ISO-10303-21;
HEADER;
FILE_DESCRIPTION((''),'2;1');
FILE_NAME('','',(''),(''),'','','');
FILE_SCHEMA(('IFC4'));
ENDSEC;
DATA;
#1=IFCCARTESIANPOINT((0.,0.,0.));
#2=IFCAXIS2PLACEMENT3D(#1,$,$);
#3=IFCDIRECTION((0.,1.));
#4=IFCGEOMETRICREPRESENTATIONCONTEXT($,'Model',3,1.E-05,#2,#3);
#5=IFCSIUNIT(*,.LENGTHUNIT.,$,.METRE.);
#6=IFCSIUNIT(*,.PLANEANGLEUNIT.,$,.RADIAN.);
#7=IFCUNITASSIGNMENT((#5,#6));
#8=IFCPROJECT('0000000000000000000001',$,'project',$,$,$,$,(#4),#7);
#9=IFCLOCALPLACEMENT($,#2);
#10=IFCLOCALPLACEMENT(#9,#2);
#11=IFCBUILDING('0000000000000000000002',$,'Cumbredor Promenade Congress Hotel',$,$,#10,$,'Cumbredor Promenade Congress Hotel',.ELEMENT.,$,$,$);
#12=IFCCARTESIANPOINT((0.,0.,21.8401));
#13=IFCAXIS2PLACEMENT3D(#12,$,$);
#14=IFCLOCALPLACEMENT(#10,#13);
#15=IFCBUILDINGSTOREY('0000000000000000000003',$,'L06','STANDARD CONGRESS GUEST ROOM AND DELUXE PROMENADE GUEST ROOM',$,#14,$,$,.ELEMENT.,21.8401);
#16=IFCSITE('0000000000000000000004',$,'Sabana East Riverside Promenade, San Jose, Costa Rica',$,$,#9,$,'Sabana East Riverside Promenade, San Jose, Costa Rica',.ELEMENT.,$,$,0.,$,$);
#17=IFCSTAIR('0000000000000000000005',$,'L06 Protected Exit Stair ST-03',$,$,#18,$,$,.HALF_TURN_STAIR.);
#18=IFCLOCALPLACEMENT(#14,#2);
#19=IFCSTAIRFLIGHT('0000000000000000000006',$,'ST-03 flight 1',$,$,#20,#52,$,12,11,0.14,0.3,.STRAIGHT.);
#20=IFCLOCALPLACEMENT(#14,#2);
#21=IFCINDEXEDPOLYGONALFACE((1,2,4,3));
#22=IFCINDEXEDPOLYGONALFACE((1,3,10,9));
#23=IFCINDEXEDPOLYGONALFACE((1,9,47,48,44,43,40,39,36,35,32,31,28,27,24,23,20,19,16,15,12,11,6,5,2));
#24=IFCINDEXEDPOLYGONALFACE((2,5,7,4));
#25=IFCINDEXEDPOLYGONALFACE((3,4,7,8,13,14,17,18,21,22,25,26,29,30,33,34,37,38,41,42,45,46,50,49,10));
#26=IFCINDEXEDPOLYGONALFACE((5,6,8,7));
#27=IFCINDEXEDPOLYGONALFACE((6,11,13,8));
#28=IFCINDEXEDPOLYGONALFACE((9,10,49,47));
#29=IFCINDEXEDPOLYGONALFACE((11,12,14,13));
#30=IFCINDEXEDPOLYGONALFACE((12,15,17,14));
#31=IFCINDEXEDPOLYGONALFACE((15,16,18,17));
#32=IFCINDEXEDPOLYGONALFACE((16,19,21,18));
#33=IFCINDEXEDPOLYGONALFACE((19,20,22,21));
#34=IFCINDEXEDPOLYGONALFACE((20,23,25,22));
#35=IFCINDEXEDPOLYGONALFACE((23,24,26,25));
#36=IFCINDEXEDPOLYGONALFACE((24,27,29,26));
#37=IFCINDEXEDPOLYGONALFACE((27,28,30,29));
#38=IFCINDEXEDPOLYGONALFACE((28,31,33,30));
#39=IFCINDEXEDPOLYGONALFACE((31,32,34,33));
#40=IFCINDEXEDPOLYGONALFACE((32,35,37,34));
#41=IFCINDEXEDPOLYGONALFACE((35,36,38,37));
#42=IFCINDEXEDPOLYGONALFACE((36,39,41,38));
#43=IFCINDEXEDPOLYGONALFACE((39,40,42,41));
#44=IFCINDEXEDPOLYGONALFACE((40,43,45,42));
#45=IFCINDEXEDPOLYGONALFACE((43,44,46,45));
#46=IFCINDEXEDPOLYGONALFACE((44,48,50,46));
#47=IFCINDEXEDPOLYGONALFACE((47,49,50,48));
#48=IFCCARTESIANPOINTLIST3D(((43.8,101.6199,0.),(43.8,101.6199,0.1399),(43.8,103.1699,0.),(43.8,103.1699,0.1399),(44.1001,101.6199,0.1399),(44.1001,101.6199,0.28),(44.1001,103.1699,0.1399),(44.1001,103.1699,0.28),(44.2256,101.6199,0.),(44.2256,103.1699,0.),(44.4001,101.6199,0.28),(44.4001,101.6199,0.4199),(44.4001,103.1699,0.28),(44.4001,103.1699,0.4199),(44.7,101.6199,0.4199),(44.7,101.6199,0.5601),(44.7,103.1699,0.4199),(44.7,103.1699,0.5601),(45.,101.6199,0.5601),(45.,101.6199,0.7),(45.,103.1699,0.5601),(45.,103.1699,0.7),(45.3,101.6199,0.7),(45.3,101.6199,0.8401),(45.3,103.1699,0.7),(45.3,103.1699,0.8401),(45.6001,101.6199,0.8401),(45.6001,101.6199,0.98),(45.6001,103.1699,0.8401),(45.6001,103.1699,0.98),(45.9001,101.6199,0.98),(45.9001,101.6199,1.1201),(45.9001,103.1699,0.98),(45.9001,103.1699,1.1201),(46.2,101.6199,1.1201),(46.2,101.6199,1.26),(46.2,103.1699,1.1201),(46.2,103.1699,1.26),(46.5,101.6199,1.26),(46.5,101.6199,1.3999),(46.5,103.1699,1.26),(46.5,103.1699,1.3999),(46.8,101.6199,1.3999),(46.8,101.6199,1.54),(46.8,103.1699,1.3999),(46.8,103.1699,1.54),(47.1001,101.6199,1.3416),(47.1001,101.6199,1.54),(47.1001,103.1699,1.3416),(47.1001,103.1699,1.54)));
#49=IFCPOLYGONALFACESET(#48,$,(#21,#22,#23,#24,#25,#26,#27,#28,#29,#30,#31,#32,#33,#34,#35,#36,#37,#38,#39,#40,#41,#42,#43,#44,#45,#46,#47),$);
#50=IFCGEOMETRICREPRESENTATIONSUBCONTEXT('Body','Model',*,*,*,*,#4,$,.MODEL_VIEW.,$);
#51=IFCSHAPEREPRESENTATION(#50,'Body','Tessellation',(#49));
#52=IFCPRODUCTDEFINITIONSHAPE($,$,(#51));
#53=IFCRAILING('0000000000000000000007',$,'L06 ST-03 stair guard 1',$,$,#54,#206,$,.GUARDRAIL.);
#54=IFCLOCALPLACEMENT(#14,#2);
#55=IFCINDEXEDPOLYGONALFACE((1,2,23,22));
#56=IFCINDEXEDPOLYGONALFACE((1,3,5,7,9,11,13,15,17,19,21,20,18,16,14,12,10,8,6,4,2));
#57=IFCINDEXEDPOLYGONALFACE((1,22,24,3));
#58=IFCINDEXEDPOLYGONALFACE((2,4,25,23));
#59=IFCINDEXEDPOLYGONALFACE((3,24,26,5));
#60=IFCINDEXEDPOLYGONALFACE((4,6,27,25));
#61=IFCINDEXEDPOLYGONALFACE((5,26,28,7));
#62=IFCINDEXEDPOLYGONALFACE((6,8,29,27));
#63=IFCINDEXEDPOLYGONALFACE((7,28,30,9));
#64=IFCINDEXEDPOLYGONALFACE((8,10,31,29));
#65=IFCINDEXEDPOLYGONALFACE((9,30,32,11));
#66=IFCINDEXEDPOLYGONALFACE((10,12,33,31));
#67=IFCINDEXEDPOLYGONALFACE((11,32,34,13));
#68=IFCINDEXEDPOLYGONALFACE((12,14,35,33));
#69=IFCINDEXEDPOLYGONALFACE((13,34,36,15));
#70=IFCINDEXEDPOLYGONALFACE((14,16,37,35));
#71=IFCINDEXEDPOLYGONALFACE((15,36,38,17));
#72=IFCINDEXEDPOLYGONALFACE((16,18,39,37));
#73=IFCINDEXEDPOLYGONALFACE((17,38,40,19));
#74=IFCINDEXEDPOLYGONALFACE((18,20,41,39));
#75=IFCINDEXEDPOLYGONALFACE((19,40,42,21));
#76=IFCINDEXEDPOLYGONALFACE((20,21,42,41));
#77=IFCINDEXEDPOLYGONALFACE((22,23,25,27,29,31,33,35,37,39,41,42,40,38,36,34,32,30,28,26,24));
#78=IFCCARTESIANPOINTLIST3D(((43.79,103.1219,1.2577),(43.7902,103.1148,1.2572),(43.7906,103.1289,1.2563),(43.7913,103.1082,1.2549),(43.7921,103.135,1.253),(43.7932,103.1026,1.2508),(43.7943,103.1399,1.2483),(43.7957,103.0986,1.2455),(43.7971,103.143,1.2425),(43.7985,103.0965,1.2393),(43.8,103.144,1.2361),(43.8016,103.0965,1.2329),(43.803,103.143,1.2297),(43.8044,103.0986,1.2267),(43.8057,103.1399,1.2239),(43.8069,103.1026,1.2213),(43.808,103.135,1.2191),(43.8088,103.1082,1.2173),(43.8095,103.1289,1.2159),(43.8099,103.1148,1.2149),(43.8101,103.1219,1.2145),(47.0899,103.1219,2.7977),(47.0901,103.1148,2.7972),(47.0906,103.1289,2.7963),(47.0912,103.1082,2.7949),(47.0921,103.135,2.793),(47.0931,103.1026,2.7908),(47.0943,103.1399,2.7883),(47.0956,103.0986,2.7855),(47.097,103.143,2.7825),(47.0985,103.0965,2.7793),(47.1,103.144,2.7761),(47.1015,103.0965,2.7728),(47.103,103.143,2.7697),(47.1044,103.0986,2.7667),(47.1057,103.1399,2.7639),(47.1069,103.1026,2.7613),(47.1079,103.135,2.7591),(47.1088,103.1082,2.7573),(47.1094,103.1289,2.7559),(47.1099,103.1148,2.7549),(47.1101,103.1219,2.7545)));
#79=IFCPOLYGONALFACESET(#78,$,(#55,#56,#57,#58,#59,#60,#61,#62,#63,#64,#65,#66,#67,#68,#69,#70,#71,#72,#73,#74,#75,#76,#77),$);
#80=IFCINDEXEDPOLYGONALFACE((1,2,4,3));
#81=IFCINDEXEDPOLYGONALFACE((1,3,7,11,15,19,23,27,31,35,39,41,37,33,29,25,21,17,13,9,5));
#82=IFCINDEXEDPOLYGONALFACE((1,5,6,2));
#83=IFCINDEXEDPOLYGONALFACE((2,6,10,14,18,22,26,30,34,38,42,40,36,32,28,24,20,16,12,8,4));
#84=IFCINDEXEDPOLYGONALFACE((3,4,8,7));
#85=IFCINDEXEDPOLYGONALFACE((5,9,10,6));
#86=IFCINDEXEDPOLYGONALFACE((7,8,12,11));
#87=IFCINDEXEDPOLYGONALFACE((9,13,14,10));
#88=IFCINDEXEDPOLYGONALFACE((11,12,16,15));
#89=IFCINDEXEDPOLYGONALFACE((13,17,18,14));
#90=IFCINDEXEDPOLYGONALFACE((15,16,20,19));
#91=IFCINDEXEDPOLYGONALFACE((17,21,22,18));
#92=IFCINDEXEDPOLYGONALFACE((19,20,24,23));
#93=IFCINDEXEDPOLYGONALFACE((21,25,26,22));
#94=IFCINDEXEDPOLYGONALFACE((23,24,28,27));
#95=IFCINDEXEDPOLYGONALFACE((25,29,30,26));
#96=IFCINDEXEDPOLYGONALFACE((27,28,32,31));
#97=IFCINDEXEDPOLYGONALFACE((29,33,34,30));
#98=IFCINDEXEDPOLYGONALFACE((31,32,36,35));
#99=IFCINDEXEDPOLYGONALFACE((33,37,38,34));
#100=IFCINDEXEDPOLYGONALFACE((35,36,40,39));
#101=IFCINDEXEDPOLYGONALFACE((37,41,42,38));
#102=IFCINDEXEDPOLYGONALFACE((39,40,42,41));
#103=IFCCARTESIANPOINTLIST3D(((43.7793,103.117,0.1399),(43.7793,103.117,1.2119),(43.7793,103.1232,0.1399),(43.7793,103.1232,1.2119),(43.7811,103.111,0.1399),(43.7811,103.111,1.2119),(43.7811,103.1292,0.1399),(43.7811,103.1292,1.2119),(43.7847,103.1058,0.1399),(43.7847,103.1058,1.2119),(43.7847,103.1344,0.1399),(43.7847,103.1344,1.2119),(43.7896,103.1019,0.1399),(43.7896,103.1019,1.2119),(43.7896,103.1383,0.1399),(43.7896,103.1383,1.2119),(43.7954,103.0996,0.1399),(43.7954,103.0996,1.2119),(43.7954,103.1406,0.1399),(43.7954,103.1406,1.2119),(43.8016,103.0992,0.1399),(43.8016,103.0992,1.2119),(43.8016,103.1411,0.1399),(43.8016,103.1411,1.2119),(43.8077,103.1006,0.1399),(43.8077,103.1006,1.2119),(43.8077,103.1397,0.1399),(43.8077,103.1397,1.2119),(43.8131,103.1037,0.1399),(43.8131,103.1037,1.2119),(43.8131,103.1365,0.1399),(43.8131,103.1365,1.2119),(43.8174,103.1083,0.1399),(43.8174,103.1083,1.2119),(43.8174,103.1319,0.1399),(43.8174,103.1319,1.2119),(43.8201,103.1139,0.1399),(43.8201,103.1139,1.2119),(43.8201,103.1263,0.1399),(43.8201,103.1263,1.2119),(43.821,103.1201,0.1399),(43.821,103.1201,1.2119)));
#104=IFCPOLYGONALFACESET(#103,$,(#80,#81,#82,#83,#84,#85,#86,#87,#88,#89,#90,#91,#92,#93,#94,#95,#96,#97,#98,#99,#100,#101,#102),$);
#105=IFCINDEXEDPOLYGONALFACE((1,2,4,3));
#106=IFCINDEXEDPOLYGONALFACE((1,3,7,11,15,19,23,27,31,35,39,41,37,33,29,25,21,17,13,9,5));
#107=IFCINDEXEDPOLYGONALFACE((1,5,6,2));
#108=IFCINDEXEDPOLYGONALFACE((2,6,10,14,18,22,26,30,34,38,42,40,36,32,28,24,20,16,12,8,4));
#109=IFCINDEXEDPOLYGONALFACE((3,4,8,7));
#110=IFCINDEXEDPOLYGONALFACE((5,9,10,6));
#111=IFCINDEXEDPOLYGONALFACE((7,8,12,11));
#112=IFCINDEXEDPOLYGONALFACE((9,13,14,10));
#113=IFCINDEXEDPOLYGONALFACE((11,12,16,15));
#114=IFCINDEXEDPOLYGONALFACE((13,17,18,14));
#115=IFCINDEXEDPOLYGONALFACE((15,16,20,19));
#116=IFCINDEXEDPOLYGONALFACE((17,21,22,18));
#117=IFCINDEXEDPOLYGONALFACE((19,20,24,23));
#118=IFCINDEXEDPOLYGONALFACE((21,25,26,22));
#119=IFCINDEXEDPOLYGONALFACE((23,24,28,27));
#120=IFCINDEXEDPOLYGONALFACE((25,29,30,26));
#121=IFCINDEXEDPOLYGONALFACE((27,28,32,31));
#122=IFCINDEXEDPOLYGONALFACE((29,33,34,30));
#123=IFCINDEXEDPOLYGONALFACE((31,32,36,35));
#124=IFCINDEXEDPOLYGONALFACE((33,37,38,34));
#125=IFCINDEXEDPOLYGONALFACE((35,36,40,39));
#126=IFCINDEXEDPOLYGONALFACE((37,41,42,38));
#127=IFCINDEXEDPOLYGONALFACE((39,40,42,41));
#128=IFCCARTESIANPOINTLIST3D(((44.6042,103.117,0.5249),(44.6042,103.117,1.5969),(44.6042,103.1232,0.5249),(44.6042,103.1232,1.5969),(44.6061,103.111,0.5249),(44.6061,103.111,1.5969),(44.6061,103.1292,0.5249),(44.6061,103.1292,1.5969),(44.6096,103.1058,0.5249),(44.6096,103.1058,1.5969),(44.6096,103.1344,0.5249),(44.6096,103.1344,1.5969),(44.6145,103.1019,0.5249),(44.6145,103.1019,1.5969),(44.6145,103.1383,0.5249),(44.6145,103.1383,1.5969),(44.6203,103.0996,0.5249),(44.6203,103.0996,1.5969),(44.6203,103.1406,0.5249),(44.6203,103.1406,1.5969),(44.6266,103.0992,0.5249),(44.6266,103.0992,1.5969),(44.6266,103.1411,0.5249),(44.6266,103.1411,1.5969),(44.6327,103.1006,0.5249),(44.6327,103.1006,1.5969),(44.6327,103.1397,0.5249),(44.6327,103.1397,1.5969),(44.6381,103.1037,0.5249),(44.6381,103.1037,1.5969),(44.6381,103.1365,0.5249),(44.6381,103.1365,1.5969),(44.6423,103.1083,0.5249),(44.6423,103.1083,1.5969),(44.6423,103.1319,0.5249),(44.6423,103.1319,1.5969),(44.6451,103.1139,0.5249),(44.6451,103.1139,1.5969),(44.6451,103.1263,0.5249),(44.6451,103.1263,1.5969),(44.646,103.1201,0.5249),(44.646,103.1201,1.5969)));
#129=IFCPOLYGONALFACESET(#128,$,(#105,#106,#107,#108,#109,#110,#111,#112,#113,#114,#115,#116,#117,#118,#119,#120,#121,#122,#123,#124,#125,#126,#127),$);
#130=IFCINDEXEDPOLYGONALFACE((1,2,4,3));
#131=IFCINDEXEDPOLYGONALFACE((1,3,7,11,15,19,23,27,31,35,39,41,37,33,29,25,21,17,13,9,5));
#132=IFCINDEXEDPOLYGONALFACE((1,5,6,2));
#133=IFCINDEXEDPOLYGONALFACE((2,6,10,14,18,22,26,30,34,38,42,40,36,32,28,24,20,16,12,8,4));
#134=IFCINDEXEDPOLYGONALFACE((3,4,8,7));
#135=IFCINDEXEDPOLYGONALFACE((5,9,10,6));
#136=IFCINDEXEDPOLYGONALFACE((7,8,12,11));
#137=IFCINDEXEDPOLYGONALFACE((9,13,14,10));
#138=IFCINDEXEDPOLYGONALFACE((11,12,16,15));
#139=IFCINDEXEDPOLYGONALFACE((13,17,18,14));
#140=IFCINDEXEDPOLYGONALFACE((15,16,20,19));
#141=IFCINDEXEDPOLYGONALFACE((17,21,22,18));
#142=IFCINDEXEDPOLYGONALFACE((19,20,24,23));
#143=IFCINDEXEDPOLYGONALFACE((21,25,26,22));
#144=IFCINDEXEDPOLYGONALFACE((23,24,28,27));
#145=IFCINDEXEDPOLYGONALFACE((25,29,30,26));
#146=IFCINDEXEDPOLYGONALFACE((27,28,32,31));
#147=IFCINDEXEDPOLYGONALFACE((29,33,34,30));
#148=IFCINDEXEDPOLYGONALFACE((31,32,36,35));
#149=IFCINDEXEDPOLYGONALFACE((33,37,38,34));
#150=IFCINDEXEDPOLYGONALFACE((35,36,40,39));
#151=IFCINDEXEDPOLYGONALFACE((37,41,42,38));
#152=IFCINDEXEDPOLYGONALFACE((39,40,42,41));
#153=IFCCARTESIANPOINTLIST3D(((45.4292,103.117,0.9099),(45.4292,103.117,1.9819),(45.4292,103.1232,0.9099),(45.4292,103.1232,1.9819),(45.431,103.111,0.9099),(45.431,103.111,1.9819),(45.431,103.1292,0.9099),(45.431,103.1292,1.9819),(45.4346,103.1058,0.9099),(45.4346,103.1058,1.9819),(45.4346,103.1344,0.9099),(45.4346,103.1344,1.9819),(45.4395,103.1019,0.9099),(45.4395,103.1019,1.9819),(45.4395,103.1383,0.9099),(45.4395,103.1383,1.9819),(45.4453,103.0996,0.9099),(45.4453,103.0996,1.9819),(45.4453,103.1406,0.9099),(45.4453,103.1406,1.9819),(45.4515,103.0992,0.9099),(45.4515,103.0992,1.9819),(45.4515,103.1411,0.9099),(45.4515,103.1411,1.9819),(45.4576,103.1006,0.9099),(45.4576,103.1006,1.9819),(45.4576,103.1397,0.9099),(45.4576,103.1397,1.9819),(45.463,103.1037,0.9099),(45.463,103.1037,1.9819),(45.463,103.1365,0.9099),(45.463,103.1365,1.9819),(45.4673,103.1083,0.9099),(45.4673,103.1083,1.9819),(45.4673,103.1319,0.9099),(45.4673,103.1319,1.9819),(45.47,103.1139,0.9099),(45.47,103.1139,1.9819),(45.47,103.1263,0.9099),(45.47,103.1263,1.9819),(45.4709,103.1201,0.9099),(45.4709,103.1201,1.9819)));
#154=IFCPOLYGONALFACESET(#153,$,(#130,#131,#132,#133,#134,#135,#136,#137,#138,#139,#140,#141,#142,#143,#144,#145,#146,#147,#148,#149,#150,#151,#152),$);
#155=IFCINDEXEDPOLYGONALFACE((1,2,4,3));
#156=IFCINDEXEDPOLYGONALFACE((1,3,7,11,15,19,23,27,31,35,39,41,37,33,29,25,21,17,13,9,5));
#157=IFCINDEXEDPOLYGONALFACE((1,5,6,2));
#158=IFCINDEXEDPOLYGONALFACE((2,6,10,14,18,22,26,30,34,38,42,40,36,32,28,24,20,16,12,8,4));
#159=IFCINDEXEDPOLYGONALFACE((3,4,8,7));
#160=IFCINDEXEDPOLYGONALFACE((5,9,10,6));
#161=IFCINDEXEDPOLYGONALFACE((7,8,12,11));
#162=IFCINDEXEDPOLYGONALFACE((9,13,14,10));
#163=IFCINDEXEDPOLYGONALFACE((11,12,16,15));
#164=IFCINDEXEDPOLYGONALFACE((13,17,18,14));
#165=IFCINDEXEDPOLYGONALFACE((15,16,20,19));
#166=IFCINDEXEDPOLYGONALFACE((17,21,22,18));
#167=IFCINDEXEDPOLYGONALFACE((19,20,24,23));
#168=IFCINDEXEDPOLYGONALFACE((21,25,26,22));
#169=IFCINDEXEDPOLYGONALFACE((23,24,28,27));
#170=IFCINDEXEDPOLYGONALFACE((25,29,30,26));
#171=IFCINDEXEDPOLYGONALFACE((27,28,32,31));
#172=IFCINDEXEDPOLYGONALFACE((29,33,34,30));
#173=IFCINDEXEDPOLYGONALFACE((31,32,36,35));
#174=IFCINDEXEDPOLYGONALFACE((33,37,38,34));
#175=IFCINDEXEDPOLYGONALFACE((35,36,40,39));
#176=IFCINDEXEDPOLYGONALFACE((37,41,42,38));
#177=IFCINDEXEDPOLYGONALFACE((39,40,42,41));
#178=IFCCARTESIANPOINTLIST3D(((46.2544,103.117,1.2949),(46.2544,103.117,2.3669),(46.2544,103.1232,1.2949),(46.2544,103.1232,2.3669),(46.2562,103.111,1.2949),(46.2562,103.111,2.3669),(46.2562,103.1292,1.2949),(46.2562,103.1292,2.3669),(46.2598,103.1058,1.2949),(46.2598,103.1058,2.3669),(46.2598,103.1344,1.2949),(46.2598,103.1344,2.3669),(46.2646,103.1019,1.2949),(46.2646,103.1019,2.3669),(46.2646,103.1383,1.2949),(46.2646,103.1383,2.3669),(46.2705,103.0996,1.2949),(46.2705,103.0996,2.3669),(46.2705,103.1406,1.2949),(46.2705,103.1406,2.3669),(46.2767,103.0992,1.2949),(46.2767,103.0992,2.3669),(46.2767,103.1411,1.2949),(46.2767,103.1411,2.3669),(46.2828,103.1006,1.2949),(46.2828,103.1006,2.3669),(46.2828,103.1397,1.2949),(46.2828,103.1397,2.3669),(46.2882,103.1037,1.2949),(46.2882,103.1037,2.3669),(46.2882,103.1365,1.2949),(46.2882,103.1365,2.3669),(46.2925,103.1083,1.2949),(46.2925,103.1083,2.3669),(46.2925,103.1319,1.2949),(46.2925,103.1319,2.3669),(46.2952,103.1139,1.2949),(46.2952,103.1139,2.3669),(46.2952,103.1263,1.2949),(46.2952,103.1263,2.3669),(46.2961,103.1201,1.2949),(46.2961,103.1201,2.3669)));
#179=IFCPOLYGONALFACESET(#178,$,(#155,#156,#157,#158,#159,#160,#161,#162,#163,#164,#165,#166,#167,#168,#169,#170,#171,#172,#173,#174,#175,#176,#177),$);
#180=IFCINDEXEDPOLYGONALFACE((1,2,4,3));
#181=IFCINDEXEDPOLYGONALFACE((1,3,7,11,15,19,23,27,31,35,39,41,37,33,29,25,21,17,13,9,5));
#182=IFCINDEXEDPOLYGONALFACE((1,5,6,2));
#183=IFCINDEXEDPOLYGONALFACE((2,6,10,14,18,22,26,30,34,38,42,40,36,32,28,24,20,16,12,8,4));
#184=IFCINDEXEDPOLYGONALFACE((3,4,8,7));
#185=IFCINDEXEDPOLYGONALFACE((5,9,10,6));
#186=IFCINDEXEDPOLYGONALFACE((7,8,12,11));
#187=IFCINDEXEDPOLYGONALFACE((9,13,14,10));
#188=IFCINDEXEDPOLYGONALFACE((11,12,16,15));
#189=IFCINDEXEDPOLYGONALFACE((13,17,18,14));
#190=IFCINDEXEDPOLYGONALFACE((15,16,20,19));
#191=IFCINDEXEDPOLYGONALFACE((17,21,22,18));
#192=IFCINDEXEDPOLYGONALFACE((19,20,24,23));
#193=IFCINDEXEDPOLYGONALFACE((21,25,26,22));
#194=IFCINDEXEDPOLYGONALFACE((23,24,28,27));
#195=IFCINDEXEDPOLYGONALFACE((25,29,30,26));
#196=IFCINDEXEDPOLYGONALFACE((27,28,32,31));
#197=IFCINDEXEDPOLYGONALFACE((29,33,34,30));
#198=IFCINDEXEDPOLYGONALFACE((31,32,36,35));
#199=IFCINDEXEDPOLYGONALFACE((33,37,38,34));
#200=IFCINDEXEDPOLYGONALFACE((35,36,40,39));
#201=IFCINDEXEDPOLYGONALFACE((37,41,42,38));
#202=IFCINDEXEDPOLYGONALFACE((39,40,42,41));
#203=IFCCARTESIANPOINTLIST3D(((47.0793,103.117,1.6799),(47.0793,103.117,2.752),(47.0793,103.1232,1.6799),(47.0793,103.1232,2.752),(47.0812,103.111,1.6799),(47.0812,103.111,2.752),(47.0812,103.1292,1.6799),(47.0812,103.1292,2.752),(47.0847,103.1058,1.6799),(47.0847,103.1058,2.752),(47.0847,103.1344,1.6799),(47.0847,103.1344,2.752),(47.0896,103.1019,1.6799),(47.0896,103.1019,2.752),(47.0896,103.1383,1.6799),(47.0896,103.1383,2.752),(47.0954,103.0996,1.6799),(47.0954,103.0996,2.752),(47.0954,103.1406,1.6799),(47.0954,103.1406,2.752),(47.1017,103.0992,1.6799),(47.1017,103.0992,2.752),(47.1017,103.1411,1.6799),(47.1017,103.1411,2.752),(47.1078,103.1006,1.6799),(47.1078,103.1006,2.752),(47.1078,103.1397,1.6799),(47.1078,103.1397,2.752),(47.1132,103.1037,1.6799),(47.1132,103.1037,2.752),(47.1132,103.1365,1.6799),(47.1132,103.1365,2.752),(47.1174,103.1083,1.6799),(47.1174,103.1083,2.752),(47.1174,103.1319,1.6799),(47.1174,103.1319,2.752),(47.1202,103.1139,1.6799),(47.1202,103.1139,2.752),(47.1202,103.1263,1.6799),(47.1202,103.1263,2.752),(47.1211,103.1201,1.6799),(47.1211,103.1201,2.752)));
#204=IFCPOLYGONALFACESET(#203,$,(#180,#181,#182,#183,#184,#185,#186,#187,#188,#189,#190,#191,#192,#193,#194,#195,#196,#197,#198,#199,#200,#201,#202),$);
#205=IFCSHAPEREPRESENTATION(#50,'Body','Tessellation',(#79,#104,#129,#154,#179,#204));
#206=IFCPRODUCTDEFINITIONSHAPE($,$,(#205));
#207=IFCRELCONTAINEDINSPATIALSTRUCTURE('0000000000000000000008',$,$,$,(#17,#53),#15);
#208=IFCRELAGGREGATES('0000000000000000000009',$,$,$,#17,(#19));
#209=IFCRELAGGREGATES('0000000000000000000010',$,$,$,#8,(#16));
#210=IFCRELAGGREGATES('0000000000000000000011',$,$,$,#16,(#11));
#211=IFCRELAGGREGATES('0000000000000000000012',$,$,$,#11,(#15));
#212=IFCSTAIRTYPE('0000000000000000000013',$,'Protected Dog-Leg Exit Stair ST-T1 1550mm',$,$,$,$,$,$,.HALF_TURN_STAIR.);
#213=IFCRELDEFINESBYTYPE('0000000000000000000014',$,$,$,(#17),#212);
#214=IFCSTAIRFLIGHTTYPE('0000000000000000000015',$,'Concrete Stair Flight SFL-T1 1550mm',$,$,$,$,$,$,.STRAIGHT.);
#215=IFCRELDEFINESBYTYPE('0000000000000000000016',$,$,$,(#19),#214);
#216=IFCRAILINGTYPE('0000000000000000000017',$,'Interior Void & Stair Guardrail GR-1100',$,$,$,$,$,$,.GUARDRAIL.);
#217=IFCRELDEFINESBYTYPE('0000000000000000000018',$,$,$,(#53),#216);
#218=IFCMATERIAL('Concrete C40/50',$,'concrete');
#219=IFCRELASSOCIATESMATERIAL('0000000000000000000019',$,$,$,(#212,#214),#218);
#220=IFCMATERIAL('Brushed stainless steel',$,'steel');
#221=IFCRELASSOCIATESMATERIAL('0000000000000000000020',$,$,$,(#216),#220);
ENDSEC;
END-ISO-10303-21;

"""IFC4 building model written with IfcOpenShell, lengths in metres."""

from ifc_helpers import new_model, si_unit, direction, frame, origin, origin_2d, place, context, subcontext, project, spatial, polyline, circle, outline, extrude, material, type_object, element, aggregate, save


model = new_model("IFC4")

# Units and contexts
model_context = context("Model", 3, precision=1e-05, world=origin(), true_north=direction((0.0, 1.0)))
body_context = subcontext(model_context, "Body", "Model", "MODEL_VIEW")
ifc_project = project(units=[si_unit("LENGTHUNIT", "METRE"), si_unit("PLANEANGLEUNIT", "RADIAN")], contexts=[model_context])

# Site, building, storey
site_placement = place(None, origin())
site = spatial("IfcSite", under=ifc_project, at=site_placement, Name="Sabana East Riverside Promenade, San Jose, Costa Rica", LongName="Sabana East Riverside Promenade, San Jose, Costa Rica", CompositionType="ELEMENT", RefElevation=0.0)
building_placement = place(site_placement, origin())
building = spatial("IfcBuilding", under=site, at=building_placement, Name="Cumbredor Promenade Congress Hotel", LongName="Cumbredor Promenade Congress Hotel", CompositionType="ELEMENT")
storey_placement = place(building_placement, frame((0.0, 0.0, 21.8401)))
storey = spatial("IfcBuildingStorey", under=building, at=storey_placement, Name="L06", Description="STANDARD CONGRESS GUEST ROOM AND DELUXE PROMENADE GUEST ROOM", CompositionType="ELEMENT", Elevation=21.8401)

# Shared definitions
ifc_material_1 = material(Name="Concrete C40/50", Category="concrete")

# Shared definitions
ifc_material_2 = material(Name="Brushed stainless steel", Category="steel")

# Stair, stair flight
stair_type = type_object("IfcStairType", Name="Protected Dog-Leg Exit Stair ST-T1 1550mm", PredefinedType="HALF_TURN_STAIR", material=ifc_material_1)
stair_placement = place(storey_placement, origin())
stair = element("IfcStair", 1, at=stair_placement, inside=storey, type_object=stair_type, Name="L06 Protected Exit Stair ST-03", PredefinedType="HALF_TURN_STAIR")
stair_flight_type = type_object("IfcStairFlightType", Name="Concrete Stair Flight SFL-T1 1550mm", PredefinedType="STRAIGHT", material=ifc_material_1)
stair_flight_placement = place(storey_placement, frame((43.8, 102.395, 0.0), z_axis=(0.0, 0.0, 1.0), x_axis=(1.0, 0.0, 0.0)))
stair_flight = element("IfcStairFlight", 2, at=stair_flight_placement, type_object=stair_flight_type, Name="ST-03 flight 1", NumberOfRisers=12, NumberOfTreads=11, PredefinedType="STRAIGHT", RiserHeight=0.14, TreadLength=0.3, context=body_context, shape_type="SweptSolid", body=[
    extrude(outline(polyline([(0.0, 0.0), (0.0, 0.1399), (0.3, 0.1399), (0.3, 0.28), (0.6001, 0.28), (0.6001, 0.4199), (0.8999, 0.4199), (0.8999, 0.5601), (1.2, 0.5601), (1.2, 0.7), (1.5, 0.7), (1.5, 0.8401), (1.8, 0.8401), (1.8, 0.98), (2.1001, 0.98), (2.1001, 1.1201), (2.3999, 1.1201), (2.3999, 1.26), (2.7, 1.26), (2.7, 1.3999), (3.0, 1.3999), (3.0, 1.54), (3.3, 1.54), (3.3, 1.6799), (3.3, 1.3416), (0.4255, 0.0), (0.0, 0.0)])), frame((0.0, 0.7749, 0.0), z_axis=(0.0, -1.0, 0.0), x_axis=(1.0, 0.0, 0.0)), (0.0, 0.0, 1.0), 1.55),
])
aggregate(stair, [stair_flight])

# Railing
railing_type_1 = type_object("IfcRailingType", Name="Interior Void & Stair Guardrail GR-1100", PredefinedType="GUARDRAIL", material=ifc_material_2)
railing_1_placement = place(storey_placement, frame((43.8, 103.1201, 0.1399)))
element("IfcRailing", 3, at=railing_1_placement, inside=storey, type_object=railing_type_1, Name="L06 ST-03 stair guard 1", PredefinedType="GUARDRAIL", context=body_context, shape_type="SweptSolid", body=[
    extrude(circle(Radius=0.0239, at=origin_2d()), frame((0.0, 0.0, 1.0962), z_axis=(0.906181, 0.0, 0.422889), x_axis=(0.0, 1.0, 0.0)), (0.0, 0.0, 1.0), 3.6416),
    extrude(circle(Radius=0.021, at=origin_2d()), origin(), (0.0, 0.0, 1.0), 1.072),
    extrude(circle(Radius=0.021, at=origin_2d()), frame((0.825, 0.0, 0.385)), (0.0, 0.0, 1.0), 1.072),
    extrude(circle(Radius=0.021, at=origin_2d()), frame((1.6499, 0.0, 0.77)), (0.0, 0.0, 1.0), 1.072),
    extrude(circle(Radius=0.021, at=origin_2d()), frame((2.4751, 0.0, 1.155)), (0.0, 0.0, 1.0), 1.072),
    extrude(circle(Radius=0.021, at=origin_2d()), frame((3.3, 0.0, 1.54)), (0.0, 0.0, 1.0), 1.072),
])

save(model, "model.ifc")
